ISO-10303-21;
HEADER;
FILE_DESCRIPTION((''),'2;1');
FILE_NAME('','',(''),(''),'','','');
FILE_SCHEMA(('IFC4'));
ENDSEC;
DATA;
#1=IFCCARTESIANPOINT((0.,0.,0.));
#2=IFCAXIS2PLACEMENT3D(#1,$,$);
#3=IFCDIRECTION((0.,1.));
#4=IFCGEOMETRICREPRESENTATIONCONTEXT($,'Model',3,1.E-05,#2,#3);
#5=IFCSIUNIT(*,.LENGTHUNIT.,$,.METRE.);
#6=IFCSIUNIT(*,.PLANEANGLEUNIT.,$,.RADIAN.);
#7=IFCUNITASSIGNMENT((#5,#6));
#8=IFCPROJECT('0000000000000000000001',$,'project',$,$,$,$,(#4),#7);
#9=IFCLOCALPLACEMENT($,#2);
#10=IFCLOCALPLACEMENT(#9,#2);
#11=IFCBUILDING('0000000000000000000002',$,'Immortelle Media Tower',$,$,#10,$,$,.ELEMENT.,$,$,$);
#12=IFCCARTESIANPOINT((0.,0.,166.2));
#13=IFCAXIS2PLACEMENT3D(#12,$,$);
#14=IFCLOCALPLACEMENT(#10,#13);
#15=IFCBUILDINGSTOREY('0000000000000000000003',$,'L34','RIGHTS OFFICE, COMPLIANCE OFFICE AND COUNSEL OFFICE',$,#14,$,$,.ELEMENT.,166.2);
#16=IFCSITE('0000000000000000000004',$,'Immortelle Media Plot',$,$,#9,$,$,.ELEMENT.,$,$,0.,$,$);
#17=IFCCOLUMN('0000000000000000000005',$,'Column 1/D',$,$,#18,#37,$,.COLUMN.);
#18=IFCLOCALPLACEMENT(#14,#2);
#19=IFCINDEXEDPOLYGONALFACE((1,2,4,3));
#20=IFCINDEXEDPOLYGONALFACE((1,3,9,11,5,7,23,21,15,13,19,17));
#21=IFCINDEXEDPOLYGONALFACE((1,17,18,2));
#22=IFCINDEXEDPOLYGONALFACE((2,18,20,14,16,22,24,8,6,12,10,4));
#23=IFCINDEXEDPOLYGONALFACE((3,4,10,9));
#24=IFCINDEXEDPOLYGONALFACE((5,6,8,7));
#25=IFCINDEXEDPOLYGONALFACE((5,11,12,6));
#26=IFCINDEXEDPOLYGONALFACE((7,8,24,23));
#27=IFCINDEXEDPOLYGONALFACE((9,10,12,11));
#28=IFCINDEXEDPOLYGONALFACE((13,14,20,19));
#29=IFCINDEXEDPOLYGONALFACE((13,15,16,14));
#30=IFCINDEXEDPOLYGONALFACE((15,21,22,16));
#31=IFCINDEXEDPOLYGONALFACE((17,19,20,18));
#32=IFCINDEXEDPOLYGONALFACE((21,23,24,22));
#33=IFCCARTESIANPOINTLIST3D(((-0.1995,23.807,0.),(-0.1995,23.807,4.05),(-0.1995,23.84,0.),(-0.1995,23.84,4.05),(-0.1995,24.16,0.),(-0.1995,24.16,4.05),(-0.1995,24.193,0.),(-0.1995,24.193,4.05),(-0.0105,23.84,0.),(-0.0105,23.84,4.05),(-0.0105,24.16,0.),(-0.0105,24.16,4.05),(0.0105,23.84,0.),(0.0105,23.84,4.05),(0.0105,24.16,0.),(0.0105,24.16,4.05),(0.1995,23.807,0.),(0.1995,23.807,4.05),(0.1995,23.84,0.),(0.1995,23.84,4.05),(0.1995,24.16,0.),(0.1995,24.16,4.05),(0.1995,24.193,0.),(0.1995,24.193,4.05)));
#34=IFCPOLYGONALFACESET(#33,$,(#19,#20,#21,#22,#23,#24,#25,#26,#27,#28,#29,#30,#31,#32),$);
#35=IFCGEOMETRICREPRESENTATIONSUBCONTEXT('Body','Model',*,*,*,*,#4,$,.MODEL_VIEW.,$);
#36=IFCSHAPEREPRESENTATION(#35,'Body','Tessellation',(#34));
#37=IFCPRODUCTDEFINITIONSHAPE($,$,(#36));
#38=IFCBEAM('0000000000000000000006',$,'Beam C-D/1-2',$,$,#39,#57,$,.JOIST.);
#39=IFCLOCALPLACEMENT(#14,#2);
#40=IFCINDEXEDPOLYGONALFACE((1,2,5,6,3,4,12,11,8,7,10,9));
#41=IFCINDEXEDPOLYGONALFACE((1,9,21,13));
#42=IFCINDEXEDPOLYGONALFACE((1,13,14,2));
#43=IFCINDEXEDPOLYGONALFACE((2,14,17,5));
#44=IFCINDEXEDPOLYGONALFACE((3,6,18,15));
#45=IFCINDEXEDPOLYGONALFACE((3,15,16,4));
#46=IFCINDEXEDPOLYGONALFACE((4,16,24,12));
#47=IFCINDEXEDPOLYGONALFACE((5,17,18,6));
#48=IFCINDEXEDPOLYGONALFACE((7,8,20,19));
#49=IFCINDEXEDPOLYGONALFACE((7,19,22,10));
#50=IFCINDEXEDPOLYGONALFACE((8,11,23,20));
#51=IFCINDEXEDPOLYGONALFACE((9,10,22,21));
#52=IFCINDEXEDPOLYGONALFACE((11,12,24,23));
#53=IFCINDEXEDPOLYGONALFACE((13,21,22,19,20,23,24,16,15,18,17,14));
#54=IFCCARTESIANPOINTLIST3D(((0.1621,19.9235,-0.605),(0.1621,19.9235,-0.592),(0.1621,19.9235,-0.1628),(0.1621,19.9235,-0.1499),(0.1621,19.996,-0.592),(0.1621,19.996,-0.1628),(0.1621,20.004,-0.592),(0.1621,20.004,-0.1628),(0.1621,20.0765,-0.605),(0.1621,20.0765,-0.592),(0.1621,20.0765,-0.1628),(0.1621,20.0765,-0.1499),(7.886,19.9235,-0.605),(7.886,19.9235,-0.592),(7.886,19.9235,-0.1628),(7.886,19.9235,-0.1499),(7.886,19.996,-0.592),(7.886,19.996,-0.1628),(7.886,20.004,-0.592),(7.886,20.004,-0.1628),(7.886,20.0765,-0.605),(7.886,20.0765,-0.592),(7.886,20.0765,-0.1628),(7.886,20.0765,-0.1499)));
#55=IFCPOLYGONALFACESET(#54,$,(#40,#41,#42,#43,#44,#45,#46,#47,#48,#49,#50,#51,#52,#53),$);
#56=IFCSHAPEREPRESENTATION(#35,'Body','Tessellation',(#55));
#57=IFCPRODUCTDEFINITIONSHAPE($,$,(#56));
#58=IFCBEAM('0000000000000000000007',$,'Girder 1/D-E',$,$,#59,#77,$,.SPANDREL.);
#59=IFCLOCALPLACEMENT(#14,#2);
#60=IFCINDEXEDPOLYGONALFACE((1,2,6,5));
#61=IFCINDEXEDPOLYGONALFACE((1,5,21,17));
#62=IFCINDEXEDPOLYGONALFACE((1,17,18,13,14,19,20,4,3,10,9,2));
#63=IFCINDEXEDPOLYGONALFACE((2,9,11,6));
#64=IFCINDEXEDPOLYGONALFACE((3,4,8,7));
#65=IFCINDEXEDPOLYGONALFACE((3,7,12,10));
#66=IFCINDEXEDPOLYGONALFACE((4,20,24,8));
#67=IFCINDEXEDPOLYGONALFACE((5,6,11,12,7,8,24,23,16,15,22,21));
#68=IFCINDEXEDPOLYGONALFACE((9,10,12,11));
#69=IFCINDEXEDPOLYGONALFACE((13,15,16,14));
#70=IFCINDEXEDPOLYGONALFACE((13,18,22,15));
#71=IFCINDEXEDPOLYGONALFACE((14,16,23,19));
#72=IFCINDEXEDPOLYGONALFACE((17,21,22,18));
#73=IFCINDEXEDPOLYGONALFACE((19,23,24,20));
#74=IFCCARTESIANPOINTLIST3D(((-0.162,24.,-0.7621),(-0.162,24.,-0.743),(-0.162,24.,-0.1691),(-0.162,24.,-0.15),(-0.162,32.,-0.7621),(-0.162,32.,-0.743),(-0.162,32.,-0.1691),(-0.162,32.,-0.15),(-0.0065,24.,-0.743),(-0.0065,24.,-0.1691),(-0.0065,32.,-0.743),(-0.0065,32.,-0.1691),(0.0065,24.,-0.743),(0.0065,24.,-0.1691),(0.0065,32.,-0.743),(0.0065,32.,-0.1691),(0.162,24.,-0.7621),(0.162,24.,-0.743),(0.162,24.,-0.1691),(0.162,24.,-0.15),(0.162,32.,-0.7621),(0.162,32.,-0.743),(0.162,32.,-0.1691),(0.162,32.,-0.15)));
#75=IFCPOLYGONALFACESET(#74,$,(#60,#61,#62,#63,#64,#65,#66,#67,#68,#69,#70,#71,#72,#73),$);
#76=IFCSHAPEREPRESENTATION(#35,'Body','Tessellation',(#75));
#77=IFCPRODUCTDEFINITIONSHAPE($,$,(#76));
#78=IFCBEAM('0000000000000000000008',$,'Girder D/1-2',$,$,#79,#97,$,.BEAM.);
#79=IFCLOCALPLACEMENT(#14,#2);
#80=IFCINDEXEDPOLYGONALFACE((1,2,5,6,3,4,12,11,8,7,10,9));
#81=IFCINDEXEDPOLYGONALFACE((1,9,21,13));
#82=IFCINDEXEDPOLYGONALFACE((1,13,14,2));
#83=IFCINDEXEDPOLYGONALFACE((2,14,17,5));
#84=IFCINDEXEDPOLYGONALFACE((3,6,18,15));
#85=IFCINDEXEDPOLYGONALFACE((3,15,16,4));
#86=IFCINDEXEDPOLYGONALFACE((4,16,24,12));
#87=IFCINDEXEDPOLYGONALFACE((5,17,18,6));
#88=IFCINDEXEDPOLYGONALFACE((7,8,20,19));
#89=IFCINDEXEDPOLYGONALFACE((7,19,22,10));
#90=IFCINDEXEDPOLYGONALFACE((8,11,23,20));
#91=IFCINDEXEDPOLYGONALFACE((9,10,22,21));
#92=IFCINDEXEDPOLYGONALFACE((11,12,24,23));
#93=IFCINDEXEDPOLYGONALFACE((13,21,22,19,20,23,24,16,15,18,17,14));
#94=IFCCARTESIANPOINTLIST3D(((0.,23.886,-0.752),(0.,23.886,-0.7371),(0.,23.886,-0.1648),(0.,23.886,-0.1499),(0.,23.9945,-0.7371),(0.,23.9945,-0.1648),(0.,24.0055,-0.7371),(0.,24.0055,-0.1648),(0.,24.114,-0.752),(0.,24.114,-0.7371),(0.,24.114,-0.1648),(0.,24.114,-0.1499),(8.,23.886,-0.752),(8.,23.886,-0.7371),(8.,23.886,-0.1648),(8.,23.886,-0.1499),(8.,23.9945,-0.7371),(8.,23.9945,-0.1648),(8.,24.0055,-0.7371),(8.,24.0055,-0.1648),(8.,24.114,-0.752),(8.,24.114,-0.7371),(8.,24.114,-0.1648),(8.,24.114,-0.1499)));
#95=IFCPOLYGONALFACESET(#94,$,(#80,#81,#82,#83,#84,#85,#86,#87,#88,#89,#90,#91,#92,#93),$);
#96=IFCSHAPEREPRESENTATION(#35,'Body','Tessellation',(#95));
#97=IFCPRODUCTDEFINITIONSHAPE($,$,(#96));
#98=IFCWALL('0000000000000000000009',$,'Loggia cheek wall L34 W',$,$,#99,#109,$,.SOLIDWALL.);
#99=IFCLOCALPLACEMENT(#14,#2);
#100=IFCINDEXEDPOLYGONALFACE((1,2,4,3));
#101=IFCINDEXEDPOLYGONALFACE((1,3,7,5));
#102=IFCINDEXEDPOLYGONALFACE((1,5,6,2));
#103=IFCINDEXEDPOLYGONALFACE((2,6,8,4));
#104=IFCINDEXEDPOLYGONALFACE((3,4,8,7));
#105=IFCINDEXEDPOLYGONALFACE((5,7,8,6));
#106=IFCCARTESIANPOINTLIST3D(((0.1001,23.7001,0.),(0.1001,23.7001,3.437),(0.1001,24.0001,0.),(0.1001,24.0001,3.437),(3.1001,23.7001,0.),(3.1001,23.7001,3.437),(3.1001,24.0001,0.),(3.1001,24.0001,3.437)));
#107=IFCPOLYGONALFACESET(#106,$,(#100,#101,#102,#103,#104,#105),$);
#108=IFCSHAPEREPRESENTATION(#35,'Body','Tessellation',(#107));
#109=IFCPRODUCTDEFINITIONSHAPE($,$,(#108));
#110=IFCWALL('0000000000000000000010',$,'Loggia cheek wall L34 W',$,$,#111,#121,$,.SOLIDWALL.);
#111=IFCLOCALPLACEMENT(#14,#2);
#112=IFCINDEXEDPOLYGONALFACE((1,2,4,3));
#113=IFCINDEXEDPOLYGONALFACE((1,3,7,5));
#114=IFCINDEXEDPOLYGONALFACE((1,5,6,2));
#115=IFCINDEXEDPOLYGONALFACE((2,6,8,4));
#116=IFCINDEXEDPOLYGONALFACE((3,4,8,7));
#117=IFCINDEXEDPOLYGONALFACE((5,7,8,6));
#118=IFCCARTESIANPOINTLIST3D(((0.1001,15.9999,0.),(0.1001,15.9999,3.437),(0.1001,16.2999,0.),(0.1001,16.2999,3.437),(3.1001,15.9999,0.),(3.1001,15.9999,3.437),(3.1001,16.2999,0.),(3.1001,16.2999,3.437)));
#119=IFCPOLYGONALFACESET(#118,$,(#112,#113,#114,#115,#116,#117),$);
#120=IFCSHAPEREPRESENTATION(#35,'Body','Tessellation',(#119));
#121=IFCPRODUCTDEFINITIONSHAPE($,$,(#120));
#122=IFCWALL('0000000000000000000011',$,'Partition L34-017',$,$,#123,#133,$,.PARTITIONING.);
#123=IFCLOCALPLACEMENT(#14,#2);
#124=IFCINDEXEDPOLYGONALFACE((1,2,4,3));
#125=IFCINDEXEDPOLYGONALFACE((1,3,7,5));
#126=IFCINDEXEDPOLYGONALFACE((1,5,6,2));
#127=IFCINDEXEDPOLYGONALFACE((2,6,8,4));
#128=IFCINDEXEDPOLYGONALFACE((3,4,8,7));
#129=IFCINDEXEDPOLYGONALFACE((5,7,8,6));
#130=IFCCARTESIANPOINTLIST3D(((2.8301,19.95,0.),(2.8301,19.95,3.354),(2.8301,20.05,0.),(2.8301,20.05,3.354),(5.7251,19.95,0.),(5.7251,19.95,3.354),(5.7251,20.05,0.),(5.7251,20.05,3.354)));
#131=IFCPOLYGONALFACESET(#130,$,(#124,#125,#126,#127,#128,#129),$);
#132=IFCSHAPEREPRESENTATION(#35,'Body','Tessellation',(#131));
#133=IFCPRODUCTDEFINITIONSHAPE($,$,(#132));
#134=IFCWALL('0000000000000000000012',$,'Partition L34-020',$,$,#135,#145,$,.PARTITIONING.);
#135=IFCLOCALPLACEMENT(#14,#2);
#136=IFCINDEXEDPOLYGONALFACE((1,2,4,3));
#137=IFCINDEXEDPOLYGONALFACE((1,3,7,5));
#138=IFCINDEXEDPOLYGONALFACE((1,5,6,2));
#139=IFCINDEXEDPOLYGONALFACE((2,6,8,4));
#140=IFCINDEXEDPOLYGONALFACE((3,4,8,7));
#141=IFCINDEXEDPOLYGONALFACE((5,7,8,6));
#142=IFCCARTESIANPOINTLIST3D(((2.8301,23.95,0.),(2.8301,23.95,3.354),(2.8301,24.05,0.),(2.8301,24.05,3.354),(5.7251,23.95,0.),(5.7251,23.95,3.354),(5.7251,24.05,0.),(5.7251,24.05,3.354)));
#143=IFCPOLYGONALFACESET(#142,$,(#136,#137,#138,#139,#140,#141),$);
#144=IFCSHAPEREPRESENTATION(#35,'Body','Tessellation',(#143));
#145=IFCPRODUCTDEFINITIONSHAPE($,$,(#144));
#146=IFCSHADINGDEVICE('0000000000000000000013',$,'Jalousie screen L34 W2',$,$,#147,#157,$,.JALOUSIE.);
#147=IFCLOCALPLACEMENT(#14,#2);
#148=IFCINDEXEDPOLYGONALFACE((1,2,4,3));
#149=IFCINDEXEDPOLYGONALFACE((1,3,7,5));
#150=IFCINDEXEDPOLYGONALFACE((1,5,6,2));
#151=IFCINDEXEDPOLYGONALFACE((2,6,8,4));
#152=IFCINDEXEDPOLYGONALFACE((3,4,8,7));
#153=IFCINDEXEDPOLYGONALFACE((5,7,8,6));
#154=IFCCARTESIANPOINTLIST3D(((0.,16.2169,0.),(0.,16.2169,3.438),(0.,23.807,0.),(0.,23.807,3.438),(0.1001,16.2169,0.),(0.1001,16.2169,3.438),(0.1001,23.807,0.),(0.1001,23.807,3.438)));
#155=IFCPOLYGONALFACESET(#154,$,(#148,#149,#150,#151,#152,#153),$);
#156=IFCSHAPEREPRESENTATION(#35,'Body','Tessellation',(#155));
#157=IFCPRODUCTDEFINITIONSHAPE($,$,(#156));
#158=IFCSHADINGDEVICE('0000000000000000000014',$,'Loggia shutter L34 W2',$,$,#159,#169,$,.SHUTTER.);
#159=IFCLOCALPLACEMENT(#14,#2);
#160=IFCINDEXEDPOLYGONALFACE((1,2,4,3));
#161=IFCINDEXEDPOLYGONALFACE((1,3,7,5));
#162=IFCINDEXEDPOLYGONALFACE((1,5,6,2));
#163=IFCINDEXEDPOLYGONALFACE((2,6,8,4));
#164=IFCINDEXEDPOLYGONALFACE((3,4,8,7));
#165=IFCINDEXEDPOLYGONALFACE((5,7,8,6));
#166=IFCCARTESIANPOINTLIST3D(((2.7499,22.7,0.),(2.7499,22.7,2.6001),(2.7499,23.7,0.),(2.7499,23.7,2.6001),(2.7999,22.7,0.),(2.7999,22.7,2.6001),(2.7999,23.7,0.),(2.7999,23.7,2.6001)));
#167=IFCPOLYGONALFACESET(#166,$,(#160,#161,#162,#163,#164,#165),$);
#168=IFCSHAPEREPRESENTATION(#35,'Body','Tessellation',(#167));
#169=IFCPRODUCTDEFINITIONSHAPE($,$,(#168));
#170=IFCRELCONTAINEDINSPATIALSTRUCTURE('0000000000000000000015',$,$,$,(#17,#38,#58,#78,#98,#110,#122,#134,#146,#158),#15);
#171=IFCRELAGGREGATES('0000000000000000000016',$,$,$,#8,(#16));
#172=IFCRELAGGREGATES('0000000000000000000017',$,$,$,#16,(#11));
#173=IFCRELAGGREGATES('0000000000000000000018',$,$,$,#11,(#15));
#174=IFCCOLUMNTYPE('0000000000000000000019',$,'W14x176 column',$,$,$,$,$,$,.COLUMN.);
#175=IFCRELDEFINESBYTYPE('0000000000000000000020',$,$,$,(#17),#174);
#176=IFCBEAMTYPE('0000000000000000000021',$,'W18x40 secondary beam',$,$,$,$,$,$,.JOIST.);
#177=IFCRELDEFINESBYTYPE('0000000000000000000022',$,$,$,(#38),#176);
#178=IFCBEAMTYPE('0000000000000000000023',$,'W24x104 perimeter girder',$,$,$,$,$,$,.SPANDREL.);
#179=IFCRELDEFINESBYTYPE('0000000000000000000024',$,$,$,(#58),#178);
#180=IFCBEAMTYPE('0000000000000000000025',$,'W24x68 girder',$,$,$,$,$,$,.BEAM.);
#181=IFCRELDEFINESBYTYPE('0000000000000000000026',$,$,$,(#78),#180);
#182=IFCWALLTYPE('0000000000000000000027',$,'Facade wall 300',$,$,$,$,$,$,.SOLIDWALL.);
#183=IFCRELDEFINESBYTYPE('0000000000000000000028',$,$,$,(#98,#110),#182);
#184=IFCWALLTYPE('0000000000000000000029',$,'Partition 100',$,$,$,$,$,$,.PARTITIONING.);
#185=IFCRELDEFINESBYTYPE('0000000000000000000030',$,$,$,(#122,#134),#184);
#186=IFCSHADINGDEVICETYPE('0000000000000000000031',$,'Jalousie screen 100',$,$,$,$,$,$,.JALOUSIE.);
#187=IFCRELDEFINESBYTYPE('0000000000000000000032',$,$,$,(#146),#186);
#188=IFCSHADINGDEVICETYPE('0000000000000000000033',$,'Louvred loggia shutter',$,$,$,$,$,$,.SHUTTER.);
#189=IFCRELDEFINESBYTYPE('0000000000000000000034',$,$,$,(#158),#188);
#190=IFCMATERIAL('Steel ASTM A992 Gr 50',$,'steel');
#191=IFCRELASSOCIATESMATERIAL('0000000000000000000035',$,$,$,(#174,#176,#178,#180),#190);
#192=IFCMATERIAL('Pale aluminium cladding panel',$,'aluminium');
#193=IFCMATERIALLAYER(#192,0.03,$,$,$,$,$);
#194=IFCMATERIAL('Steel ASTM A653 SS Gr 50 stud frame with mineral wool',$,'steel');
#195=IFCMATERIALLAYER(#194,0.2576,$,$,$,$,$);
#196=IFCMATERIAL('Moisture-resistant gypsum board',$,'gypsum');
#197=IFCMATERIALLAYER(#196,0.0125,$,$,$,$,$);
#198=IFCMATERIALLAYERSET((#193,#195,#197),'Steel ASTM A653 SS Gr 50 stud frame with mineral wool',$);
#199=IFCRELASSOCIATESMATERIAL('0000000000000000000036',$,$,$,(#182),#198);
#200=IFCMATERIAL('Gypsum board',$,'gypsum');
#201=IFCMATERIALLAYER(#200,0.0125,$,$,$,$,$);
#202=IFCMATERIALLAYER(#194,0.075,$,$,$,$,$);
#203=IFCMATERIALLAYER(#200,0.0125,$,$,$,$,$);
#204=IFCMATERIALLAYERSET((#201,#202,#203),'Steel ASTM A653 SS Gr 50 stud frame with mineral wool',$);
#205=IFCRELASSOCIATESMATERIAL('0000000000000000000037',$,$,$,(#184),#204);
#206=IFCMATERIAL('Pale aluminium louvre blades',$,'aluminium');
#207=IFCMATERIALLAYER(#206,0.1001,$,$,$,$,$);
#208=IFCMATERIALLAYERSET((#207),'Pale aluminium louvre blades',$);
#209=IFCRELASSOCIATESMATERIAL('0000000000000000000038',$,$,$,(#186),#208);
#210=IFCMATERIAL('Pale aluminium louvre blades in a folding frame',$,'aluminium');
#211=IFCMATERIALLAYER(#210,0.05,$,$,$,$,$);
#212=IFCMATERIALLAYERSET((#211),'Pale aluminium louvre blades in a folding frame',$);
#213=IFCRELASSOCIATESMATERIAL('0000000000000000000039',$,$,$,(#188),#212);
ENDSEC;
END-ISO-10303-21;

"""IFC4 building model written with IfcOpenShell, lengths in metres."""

from ifc_helpers import new_model, si_unit, direction, frame, frame_2d, origin, origin_2d, place, context, subcontext, project, spatial, rectangle, i_section, extrude, material, layer, layer_set, material_profile, profile_set, type_object, element, save


model = new_model("IFC4")

# Units and contexts
model_context = context("Model", 3, precision=1e-05, world=origin(), true_north=direction((0.0, 1.0)))
body_context = subcontext(model_context, "Body", "Model", "MODEL_VIEW")
ifc_project = project(units=[si_unit("LENGTHUNIT", "METRE"), si_unit("PLANEANGLEUNIT", "RADIAN")], contexts=[model_context])

# Site, building, storey
site_placement = place(None, origin())
site = spatial("IfcSite", under=ifc_project, at=site_placement, Name="Immortelle Media Plot", CompositionType="ELEMENT", RefElevation=0.0)
building_placement = place(site_placement, origin())
building = spatial("IfcBuilding", under=site, at=building_placement, Name="Immortelle Media Tower", CompositionType="ELEMENT")
storey_placement = place(building_placement, frame((0.0, 0.0, 166.2)))
storey = spatial("IfcBuildingStorey", under=building, at=storey_placement, Name="L34", Description="RIGHTS OFFICE, COMPLIANCE OFFICE AND COUNSEL OFFICE", CompositionType="ELEMENT", Elevation=166.2)

# Column
ifc_material_1 = material(Name="Steel ASTM A992 Gr 50", Category="steel")
ifc_material_profile_1 = material_profile(ifc_material_1, i_section(OverallWidth=0.3989, OverallDepth=0.386, WebThickness=0.021, FlangeThickness=0.033, at=origin_2d()), Name="W14x176")
ifc_profile_set_1 = profile_set([ifc_material_profile_1], Name="Steel ASTM A992 Gr 50")
column_type = type_object("IfcColumnType", Name="W14x176 column", PredefinedType="COLUMN", material=ifc_profile_set_1)
column_placement = place(storey_placement, frame((0.0, 24.0, 0.0), z_axis=(0.0, 0.0, 1.0), x_axis=(1.0, 0.0, 0.0)))
element("IfcColumn", 1, at=column_placement, inside=storey, type_object=column_type, Name="Column 1/D", PredefinedType="COLUMN", context=body_context, shape_type="SweptSolid", body=[
    extrude(i_section(OverallWidth=0.3989, OverallDepth=0.386, WebThickness=0.021, FlangeThickness=0.033, at=origin_2d()), origin(), (0.0, 0.0, 1.0), 4.05),
])

# Beams
ifc_material_profile_2 = material_profile(ifc_material_1, i_section(OverallWidth=0.1531, OverallDepth=0.4551, WebThickness=0.0081, FlangeThickness=0.0129, at=origin_2d()), Name="W18x40")
ifc_profile_set_2 = profile_set([ifc_material_profile_2], Name="Steel ASTM A992 Gr 50")
beam_type_1 = type_object("IfcBeamType", Name="W18x40 secondary beam", PredefinedType="JOIST", material=ifc_profile_set_2)
beam_1_placement = place(storey_placement, frame((0.1621, 20.0, -0.3774), z_axis=(1.0, 0.0, 0.0), x_axis=(0.0, 1.0, 0.0)))
element("IfcBeam", 2, at=beam_1_placement, inside=storey, type_object=beam_type_1, Name="Beam C-D/1-2", PredefinedType="JOIST", context=body_context, shape_type="SweptSolid", body=[
    extrude(i_section(OverallWidth=0.1531, OverallDepth=0.4551, WebThickness=0.0081, FlangeThickness=0.0129, at=origin_2d()), origin(), (0.0, 0.0, 1.0), 7.7239),
])
ifc_material_profile_3 = material_profile(ifc_material_1, i_section(OverallWidth=0.324, OverallDepth=0.6121, WebThickness=0.0129, FlangeThickness=0.019, at=origin_2d()), Name="W24x104")
ifc_profile_set_3 = profile_set([ifc_material_profile_3], Name="Steel ASTM A992 Gr 50")
beam_type_2 = type_object("IfcBeamType", Name="W24x104 perimeter girder", PredefinedType="SPANDREL", material=ifc_profile_set_3)
beam_2_placement = place(storey_placement, frame((0.0, 24.0, -0.4561), z_axis=(0.0, 1.0, 0.0), x_axis=(-1.0, 0.0, 0.0)))
element("IfcBeam", 3, at=beam_2_placement, inside=storey, type_object=beam_type_2, Name="Girder 1/D-E", PredefinedType="SPANDREL", context=body_context, shape_type="SweptSolid", body=[
    extrude(i_section(OverallWidth=0.324, OverallDepth=0.6121, WebThickness=0.0129, FlangeThickness=0.019, at=origin_2d()), origin(), (0.0, 0.0, 1.0), 8.0),
])
ifc_material_profile_4 = material_profile(ifc_material_1, i_section(OverallWidth=0.228, OverallDepth=0.6021, WebThickness=0.011, FlangeThickness=0.0149, at=origin_2d()), Name="W24x68")
ifc_profile_set_4 = profile_set([ifc_material_profile_4], Name="Steel ASTM A992 Gr 50")
beam_type_3 = type_object("IfcBeamType", Name="W24x68 girder", PredefinedType="BEAM", material=ifc_profile_set_4)
beam_3_placement = place(storey_placement, frame((0.0, 24.0, -0.4509), z_axis=(1.0, 0.0, 0.0), x_axis=(0.0, 1.0, 0.0)))
element("IfcBeam", 4, at=beam_3_placement, inside=storey, type_object=beam_type_3, Name="Girder D/1-2", PredefinedType="BEAM", context=body_context, shape_type="SweptSolid", body=[
    extrude(i_section(OverallWidth=0.228, OverallDepth=0.6021, WebThickness=0.011, FlangeThickness=0.0149, at=origin_2d()), origin(), (0.0, 0.0, 1.0), 8.0),
])

# Walls
ifc_material_2 = material(Name="Pale aluminium cladding panel", Category="aluminium")
ifc_layer_1 = layer(ifc_material_2, 0.03)
ifc_material_3 = material(Name="Steel ASTM A653 SS Gr 50 stud frame with mineral wool", Category="steel")
ifc_layer_2 = layer(ifc_material_3, 0.2576)
ifc_material_4 = material(Name="Moisture-resistant gypsum board", Category="gypsum")
ifc_layer_3 = layer(ifc_material_4, 0.0125)
ifc_layer_set_1 = layer_set([ifc_layer_1, ifc_layer_2, ifc_layer_3], Name="Steel ASTM A653 SS Gr 50 stud frame with mineral wool")
wall_type_1 = type_object("IfcWallType", Name="Facade wall 300", PredefinedType="SOLIDWALL", material=ifc_layer_set_1)
for number, where, z_axis, x_axis, name in (
    (5, (0.1001, 23.8501, 0.0), (0.0, 0.0, 1.0), (1.0, 0.0, 0.0), "Loggia cheek wall L34 W"),
    (6, (0.1001, 16.1499, 0.0), (0.0, 0.0, 1.0), (1.0, 0.0, 0.0), "Loggia cheek wall L34 W"),
):
    element("IfcWall", number, at=place(storey_placement, frame(where, z_axis=z_axis, x_axis=x_axis)), inside=storey, type_object=wall_type_1, Name=name, PredefinedType="SOLIDWALL", context=body_context, shape_type="SweptSolid", body=[
        extrude(rectangle(XDim=3.0, YDim=0.3, at=frame_2d((1.5, 0.0))), origin(), (0.0, 0.0, 1.0), 3.437),
    ])
ifc_material_5 = material(Name="Gypsum board", Category="gypsum")
ifc_layer_4 = layer(ifc_material_5, 0.0125)
ifc_layer_5 = layer(ifc_material_3, 0.075)
ifc_layer_6 = layer(ifc_material_5, 0.0125)
ifc_layer_set_2 = layer_set([ifc_layer_4, ifc_layer_5, ifc_layer_6], Name="Steel ASTM A653 SS Gr 50 stud frame with mineral wool")
wall_type_2 = type_object("IfcWallType", Name="Partition 100", PredefinedType="PARTITIONING", material=ifc_layer_set_2)
for number, where, z_axis, x_axis, name in (
    (7, (2.8301, 20.0, 0.0), (0.0, 0.0, 1.0), (1.0, 0.0, 0.0), "Partition L34-017"),
    (8, (2.8301, 24.0, 0.0), (0.0, 0.0, 1.0), (1.0, 0.0, 0.0), "Partition L34-020"),
):
    element("IfcWall", number, at=place(storey_placement, frame(where, z_axis=z_axis, x_axis=x_axis)), inside=storey, type_object=wall_type_2, Name=name, PredefinedType="PARTITIONING", context=body_context, shape_type="SweptSolid", body=[
        extrude(rectangle(XDim=2.895, YDim=0.1001, at=frame_2d((1.4475, 0.0))), origin(), (0.0, 0.0, 1.0), 3.354),
    ])

# Shading devices
ifc_material_6 = material(Name="Pale aluminium louvre blades", Category="aluminium")
ifc_layer_7 = layer(ifc_material_6, 0.1001)
ifc_layer_set_3 = layer_set([ifc_layer_7], Name="Pale aluminium louvre blades")
shading_device_type_1 = type_object("IfcShadingDeviceType", Name="Jalousie screen 100", PredefinedType="JALOUSIE", material=ifc_layer_set_3)
shading_device_1_placement = place(storey_placement, frame((0.05, 20.012, 0.0), z_axis=(0.0, 0.0, 1.0), x_axis=(0.0, -1.0, 0.0)))
element("IfcShadingDevice", 9, at=shading_device_1_placement, inside=storey, type_object=shading_device_type_1, Name="Jalousie screen L34 W2", PredefinedType="JALOUSIE", context=body_context, shape_type="SweptSolid", body=[
    extrude(rectangle(XDim=7.5901, YDim=0.1001, at=origin_2d()), origin(), (0.0, 0.0, 1.0), 3.438),
])
ifc_material_7 = material(Name="Pale aluminium louvre blades in a folding frame", Category="aluminium")
ifc_layer_8 = layer(ifc_material_7, 0.05)
ifc_layer_set_4 = layer_set([ifc_layer_8], Name="Pale aluminium louvre blades in a folding frame")
shading_device_type_2 = type_object("IfcShadingDeviceType", Name="Louvred loggia shutter", PredefinedType="SHUTTER", material=ifc_layer_set_4)
shading_device_2_placement = place(storey_placement, frame((2.7749, 23.2, 0.0), z_axis=(0.0, 0.0, 1.0), x_axis=(0.0, -1.0, 0.0)))
element("IfcShadingDevice", 10, at=shading_device_2_placement, inside=storey, type_object=shading_device_type_2, Name="Loggia shutter L34 W2", PredefinedType="SHUTTER", context=body_context, shape_type="SweptSolid", body=[
    extrude(rectangle(XDim=1.0, YDim=0.05, at=origin_2d()), origin(), (0.0, 0.0, 1.0), 2.6001),
])

save(model, "model.ifc")
